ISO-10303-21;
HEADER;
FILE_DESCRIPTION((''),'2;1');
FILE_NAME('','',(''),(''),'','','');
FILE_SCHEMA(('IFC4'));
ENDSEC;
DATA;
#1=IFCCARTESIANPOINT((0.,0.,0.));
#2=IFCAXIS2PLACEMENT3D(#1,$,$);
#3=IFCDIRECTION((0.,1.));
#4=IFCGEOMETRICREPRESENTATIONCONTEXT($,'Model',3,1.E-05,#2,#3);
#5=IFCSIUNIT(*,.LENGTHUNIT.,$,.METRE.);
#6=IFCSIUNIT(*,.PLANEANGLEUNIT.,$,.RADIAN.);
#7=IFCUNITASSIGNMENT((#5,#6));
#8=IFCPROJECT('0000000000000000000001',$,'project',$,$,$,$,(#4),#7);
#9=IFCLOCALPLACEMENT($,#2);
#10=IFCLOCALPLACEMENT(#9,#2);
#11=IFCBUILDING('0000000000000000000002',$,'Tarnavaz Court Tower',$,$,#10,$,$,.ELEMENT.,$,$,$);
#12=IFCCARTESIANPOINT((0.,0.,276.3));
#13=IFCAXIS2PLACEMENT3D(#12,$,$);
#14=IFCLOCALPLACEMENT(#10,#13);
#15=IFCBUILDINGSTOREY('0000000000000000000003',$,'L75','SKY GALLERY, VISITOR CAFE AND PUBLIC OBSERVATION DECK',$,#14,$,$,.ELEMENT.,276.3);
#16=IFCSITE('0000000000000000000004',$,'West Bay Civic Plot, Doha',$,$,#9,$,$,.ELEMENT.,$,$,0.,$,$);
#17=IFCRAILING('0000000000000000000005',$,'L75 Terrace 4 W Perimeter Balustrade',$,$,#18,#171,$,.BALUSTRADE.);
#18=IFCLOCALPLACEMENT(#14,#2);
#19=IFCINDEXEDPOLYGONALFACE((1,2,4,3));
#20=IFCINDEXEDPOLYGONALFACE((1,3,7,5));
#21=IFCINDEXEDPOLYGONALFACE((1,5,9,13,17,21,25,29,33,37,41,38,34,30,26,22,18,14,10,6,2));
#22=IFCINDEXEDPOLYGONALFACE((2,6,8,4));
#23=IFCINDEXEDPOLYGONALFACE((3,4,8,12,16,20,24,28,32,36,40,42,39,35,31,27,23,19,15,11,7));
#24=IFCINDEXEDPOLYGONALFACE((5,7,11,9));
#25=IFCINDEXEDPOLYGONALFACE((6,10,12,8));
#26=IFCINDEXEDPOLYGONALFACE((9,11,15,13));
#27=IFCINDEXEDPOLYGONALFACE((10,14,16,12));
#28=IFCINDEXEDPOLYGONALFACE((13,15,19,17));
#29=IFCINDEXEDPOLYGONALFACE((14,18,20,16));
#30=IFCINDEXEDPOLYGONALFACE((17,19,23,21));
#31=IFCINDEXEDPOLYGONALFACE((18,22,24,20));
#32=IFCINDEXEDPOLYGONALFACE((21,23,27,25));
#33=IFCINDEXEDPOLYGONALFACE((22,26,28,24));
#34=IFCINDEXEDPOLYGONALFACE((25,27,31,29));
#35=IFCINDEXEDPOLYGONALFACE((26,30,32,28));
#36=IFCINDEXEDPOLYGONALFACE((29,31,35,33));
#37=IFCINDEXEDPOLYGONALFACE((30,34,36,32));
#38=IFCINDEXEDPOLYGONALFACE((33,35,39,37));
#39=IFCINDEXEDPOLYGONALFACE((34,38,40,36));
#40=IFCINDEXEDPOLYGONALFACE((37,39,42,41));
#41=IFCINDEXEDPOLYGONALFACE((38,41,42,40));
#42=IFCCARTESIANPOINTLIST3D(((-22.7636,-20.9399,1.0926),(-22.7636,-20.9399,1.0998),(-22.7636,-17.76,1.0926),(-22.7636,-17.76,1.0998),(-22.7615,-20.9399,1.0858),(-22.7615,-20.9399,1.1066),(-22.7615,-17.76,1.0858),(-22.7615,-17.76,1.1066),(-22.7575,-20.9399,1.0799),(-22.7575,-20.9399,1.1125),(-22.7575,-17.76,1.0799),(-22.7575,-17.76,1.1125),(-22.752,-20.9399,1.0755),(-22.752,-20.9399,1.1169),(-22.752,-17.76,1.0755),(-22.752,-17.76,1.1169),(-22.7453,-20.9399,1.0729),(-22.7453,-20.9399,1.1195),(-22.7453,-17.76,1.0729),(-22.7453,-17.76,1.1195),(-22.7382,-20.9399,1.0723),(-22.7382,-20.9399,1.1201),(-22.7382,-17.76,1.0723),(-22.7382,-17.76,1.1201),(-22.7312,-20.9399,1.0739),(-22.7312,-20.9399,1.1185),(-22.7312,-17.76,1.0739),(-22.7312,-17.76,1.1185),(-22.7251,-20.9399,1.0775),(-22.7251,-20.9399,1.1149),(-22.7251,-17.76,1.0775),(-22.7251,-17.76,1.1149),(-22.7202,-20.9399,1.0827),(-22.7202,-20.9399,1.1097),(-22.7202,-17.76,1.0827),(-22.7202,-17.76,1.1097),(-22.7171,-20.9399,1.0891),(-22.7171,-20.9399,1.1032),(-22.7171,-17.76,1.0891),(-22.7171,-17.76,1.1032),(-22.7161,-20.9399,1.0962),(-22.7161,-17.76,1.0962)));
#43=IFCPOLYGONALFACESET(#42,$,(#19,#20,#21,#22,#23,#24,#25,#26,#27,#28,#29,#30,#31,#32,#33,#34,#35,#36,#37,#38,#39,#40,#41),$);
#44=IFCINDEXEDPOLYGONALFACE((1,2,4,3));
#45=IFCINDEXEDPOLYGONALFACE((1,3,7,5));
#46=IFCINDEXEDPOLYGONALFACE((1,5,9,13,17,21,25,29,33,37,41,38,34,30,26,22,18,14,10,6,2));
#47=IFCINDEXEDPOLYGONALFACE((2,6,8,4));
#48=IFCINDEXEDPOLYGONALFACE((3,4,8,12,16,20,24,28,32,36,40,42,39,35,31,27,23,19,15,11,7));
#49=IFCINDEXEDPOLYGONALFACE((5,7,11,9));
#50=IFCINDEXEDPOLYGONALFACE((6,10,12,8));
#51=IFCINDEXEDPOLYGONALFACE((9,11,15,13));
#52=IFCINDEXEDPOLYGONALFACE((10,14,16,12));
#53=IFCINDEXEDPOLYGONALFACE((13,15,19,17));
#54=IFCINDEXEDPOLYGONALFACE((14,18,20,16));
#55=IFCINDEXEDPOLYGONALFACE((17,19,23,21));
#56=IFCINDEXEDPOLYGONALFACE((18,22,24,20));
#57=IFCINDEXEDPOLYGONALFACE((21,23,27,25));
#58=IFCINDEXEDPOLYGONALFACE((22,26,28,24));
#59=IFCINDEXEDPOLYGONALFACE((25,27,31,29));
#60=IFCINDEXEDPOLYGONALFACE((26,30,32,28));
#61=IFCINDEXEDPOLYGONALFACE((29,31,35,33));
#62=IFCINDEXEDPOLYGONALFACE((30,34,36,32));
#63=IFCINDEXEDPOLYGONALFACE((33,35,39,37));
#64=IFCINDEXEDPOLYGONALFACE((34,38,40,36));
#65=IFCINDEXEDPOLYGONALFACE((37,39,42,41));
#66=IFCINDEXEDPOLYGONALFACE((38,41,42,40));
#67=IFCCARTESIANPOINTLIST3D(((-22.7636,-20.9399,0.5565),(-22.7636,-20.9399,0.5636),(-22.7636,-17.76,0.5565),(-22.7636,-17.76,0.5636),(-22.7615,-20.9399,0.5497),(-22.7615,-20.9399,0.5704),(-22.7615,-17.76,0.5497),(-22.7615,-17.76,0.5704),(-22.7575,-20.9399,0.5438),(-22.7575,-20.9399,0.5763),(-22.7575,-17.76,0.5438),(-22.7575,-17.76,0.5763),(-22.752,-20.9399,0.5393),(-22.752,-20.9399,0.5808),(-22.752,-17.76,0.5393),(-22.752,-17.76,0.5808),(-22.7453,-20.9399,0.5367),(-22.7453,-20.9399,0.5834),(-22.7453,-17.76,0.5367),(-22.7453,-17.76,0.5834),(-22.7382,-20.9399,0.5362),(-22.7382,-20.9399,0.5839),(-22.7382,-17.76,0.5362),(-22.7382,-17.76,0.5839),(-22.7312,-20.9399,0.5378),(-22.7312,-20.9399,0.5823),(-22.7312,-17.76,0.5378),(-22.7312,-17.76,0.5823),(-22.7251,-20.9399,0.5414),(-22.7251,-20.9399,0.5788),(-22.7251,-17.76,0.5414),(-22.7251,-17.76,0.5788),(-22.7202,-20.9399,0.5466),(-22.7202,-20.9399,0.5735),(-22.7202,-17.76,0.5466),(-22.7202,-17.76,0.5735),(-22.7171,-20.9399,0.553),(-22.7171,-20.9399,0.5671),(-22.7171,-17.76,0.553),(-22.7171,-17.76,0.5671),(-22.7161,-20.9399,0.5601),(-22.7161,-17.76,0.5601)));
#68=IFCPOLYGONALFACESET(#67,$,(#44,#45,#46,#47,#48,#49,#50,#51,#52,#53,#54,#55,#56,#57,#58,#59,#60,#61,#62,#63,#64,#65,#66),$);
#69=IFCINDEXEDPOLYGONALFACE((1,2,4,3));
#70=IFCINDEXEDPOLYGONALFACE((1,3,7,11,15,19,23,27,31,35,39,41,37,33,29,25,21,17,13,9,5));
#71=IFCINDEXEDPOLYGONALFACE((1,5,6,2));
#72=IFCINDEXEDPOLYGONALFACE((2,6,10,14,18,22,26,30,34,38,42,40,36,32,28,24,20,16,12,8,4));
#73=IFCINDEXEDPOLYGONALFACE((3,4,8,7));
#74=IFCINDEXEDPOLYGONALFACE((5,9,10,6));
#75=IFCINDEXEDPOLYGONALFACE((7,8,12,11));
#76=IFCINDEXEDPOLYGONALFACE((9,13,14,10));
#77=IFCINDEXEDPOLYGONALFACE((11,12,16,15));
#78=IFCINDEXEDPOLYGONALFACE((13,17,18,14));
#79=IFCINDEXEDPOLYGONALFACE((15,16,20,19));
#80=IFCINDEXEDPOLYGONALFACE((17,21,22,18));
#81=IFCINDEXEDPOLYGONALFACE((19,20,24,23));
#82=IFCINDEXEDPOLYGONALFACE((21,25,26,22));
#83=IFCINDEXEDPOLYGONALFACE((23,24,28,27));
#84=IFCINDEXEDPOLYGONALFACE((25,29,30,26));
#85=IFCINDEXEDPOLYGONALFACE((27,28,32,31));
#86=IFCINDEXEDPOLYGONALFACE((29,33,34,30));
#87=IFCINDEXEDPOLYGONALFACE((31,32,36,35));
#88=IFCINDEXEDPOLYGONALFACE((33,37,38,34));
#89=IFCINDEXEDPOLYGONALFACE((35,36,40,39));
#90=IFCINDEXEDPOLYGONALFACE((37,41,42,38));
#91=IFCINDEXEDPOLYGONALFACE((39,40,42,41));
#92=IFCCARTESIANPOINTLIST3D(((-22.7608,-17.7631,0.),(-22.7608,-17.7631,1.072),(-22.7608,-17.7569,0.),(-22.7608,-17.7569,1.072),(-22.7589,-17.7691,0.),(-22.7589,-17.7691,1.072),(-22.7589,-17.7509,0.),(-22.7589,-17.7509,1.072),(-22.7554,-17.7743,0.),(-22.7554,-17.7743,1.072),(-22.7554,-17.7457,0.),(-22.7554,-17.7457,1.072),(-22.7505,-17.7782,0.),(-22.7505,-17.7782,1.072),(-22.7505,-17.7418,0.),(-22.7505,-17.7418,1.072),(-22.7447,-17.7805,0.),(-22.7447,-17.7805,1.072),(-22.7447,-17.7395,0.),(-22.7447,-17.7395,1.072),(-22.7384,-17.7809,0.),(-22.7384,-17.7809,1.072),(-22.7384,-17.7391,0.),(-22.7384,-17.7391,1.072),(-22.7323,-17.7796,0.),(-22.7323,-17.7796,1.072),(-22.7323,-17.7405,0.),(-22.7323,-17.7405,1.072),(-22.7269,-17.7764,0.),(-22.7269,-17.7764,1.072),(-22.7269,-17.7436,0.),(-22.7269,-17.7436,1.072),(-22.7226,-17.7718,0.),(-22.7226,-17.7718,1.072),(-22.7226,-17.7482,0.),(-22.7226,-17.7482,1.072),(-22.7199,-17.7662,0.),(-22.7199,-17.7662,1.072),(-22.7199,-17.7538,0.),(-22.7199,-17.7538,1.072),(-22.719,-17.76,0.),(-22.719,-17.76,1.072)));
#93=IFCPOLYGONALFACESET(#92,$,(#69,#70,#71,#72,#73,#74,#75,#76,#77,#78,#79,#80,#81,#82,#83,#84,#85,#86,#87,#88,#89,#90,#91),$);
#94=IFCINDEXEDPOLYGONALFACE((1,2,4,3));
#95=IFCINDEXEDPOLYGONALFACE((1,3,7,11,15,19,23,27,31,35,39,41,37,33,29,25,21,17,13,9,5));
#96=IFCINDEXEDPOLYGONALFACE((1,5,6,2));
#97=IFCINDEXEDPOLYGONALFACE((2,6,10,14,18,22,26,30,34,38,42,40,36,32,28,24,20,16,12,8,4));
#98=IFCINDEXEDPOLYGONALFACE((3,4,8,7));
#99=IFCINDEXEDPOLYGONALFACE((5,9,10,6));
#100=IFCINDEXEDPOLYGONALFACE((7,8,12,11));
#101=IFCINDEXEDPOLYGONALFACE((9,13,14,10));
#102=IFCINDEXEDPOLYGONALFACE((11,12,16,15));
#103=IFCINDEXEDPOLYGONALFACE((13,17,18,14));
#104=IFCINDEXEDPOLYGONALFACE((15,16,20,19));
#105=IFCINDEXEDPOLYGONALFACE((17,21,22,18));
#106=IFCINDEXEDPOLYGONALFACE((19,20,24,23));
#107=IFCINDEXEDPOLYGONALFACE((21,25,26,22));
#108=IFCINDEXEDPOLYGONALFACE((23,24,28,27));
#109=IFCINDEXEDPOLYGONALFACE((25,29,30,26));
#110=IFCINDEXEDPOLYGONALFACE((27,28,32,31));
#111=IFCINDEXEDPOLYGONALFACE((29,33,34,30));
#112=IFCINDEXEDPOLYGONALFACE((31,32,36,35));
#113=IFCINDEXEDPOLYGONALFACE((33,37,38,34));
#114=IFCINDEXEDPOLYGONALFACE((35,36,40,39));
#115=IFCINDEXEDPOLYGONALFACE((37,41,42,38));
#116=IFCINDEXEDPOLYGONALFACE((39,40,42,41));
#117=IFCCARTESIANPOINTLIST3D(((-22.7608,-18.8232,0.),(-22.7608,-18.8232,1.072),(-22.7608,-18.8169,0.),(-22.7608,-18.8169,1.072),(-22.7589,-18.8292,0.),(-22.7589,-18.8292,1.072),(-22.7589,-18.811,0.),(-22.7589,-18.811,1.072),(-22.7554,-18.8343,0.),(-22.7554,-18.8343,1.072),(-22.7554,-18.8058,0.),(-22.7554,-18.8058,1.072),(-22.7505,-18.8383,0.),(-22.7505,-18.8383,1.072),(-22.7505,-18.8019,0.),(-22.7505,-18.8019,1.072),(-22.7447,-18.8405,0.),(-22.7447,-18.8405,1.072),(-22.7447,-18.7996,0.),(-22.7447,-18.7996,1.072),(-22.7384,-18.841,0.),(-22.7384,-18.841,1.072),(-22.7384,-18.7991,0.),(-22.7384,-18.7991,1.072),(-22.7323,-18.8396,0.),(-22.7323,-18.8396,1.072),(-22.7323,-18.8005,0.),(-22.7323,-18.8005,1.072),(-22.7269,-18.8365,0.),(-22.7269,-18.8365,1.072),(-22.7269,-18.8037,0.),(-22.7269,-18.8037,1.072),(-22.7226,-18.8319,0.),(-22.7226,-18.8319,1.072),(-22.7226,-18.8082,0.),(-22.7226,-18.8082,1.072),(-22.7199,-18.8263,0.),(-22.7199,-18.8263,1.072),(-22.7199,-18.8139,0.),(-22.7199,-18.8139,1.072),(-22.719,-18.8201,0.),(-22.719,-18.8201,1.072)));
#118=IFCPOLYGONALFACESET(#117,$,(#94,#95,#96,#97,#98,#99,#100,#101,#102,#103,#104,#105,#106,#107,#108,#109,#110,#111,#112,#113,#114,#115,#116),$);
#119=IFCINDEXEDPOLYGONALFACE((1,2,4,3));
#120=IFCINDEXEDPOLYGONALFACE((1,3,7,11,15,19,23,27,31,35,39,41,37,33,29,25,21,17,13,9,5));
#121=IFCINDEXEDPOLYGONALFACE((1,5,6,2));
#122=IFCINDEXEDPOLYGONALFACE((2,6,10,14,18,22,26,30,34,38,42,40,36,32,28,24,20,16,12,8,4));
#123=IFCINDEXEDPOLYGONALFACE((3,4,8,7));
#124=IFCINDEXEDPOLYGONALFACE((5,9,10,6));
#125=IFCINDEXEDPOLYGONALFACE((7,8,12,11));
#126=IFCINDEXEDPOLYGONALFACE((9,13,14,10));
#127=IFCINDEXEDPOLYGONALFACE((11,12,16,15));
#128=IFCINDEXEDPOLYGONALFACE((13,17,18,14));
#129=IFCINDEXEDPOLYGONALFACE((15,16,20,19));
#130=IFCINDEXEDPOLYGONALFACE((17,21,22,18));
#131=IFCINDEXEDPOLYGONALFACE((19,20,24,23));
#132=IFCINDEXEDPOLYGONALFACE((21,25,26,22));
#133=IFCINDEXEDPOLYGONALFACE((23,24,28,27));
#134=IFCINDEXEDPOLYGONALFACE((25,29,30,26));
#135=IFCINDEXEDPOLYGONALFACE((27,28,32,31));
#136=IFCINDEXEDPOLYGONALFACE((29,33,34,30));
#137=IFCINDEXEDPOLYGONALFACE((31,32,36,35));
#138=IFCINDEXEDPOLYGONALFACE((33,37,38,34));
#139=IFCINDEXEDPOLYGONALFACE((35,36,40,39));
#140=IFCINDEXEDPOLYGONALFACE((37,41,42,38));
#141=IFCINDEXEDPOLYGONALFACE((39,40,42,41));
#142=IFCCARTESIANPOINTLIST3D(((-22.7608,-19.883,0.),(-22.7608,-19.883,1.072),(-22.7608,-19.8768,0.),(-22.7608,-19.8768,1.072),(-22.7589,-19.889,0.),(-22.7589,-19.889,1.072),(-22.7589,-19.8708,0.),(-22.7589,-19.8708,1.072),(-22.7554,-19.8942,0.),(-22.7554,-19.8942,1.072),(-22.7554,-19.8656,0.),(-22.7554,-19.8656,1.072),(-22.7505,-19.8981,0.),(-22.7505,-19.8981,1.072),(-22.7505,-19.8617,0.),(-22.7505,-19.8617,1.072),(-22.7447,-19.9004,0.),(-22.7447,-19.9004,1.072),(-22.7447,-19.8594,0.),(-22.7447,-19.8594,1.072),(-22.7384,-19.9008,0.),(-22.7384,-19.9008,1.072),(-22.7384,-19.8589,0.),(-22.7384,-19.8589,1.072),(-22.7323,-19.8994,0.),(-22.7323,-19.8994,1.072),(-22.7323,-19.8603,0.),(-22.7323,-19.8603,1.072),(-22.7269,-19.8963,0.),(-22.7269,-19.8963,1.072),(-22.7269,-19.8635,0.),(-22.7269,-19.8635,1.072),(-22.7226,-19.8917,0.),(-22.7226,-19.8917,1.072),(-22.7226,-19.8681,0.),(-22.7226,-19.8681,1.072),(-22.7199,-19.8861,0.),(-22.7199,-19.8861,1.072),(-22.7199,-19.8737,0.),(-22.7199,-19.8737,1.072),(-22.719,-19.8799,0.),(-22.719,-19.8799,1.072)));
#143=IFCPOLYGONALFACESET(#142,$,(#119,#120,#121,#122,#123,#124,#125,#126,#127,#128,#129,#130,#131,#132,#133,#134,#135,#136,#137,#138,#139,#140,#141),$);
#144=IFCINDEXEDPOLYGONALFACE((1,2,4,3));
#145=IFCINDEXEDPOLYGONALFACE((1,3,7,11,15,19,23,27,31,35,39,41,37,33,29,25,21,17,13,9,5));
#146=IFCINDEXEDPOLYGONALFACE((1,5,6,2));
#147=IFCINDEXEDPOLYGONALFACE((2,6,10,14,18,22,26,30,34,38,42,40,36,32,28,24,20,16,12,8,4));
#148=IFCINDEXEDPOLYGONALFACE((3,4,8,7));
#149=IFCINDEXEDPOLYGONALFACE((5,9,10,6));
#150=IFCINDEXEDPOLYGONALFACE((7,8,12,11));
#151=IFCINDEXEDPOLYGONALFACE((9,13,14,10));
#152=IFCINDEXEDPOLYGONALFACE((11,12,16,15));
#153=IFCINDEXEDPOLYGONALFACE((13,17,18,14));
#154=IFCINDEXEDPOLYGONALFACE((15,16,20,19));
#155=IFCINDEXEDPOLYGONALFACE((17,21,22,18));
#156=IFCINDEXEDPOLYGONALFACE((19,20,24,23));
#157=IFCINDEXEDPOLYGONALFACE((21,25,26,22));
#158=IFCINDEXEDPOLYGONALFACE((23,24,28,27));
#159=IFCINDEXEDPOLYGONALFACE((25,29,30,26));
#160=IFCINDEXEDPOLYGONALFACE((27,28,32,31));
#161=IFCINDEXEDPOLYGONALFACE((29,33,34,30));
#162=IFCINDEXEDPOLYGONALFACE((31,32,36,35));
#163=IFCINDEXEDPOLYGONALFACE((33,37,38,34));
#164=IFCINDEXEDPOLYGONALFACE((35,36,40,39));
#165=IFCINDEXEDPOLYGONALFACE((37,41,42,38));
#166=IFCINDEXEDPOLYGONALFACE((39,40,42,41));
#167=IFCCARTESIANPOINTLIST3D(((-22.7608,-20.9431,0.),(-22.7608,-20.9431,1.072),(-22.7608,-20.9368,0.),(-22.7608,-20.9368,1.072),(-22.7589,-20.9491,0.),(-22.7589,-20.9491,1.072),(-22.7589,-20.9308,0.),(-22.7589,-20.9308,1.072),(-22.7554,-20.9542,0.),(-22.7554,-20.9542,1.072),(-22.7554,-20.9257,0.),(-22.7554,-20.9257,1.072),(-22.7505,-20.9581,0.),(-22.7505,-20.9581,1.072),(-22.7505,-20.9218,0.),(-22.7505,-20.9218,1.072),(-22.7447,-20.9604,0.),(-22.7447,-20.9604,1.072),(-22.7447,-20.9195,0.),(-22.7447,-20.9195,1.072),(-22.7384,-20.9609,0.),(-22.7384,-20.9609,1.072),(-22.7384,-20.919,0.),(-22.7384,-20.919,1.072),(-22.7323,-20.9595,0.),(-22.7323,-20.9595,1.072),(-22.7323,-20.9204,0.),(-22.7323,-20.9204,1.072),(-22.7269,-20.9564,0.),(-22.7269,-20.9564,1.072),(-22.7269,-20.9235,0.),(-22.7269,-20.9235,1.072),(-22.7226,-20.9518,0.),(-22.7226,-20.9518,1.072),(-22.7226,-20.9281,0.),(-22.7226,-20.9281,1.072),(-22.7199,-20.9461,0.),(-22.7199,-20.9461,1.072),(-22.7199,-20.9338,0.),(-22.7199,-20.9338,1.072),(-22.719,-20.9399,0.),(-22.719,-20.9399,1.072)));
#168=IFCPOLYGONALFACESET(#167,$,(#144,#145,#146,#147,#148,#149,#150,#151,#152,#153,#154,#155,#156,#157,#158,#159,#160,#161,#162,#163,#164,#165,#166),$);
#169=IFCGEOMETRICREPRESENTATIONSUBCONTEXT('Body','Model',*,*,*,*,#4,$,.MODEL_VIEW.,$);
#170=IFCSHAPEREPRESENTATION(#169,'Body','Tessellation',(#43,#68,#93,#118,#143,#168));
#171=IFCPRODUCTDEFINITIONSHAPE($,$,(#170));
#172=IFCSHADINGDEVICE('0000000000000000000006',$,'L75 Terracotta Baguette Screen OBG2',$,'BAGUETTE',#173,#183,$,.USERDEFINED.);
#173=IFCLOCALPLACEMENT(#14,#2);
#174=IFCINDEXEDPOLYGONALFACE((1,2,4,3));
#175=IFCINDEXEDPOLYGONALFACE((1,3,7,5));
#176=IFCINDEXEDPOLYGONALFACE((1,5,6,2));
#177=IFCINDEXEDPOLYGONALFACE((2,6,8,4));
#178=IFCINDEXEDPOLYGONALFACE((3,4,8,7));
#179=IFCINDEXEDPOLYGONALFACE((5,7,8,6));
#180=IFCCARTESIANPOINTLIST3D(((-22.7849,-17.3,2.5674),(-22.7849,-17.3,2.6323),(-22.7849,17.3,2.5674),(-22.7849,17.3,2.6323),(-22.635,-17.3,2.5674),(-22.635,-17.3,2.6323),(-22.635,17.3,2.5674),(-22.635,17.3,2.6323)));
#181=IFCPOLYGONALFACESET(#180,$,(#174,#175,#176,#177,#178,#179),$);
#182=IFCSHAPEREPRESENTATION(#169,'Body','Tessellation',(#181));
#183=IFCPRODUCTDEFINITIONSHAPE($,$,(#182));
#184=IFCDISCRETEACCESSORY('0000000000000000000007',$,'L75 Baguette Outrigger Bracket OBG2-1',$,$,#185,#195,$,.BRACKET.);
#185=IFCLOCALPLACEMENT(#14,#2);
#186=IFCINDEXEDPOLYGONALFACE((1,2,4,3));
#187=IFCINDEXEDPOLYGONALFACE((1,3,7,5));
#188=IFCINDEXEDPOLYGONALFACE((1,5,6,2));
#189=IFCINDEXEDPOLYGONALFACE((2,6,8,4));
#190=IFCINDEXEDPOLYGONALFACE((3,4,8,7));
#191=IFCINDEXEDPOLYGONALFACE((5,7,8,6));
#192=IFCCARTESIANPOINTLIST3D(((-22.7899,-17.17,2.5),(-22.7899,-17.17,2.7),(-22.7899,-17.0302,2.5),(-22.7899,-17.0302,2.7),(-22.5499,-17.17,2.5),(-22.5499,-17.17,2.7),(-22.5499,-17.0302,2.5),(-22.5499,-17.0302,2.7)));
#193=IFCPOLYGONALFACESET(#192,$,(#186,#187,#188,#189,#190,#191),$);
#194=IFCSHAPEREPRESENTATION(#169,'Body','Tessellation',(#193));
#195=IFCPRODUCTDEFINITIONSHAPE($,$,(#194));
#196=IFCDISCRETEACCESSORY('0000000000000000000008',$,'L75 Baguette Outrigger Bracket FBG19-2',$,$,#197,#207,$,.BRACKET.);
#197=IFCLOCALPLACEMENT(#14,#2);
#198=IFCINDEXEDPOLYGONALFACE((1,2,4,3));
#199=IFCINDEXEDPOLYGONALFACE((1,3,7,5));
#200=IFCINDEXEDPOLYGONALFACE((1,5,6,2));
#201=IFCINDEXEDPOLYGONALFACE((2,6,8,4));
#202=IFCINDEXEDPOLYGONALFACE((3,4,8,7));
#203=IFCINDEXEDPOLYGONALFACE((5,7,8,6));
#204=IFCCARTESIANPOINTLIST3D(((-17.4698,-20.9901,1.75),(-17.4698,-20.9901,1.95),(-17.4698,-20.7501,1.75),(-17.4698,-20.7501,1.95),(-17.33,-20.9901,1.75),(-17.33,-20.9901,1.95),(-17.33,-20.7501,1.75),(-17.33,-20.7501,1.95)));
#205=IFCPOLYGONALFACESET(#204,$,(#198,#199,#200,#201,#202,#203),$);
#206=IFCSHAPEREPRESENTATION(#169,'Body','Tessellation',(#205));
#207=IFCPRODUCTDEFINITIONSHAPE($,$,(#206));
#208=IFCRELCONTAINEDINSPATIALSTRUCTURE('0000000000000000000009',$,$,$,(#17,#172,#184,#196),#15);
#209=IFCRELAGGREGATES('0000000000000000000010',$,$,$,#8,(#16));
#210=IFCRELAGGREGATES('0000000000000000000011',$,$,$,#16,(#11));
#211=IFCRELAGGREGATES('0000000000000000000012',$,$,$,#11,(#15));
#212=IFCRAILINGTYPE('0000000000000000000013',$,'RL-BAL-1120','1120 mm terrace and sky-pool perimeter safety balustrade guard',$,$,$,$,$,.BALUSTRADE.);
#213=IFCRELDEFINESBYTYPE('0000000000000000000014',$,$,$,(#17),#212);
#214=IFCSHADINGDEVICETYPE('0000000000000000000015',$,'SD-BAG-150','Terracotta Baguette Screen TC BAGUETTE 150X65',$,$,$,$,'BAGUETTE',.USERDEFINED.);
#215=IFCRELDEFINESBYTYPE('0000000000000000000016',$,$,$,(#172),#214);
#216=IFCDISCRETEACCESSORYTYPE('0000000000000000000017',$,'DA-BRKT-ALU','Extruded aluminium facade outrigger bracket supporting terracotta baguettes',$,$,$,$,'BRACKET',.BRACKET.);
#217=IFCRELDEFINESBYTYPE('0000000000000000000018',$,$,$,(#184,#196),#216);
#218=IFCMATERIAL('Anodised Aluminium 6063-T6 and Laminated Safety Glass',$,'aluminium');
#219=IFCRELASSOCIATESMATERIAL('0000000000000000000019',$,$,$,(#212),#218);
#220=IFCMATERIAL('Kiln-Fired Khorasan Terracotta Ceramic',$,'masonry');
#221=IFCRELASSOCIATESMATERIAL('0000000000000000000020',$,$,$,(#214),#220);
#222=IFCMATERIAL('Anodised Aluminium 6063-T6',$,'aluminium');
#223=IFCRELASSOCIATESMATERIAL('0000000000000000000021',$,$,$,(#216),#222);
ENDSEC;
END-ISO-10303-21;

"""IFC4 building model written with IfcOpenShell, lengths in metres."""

from ifc_helpers import new_model, si_unit, direction, frame, origin, origin_2d, place, context, subcontext, project, spatial, rectangle, circle, extrude, material, material_profile, profile_set, type_object, element, save


model = new_model("IFC4")

# Units and contexts
model_context = context("Model", 3, precision=1e-05, world=origin(), true_north=direction((0.0, 1.0)))
body_context = subcontext(model_context, "Body", "Model", "MODEL_VIEW")
ifc_project = project(units=[si_unit("LENGTHUNIT", "METRE"), si_unit("PLANEANGLEUNIT", "RADIAN")], contexts=[model_context])

# Site, building, storey
site_placement = place(None, origin())
site = spatial("IfcSite", under=ifc_project, at=site_placement, Name="West Bay Civic Plot, Doha", CompositionType="ELEMENT", RefElevation=0.0)
building_placement = place(site_placement, origin())
building = spatial("IfcBuilding", under=site, at=building_placement, Name="Tarnavaz Court Tower", CompositionType="ELEMENT")
storey_placement = place(building_placement, frame((0.0, 0.0, 276.3)))
storey = spatial("IfcBuildingStorey", under=building, at=storey_placement, Name="L75", Description="SKY GALLERY, VISITOR CAFE AND PUBLIC OBSERVATION DECK", CompositionType="ELEMENT", Elevation=276.3)

# Shared definitions
ifc_material_1 = material(Name="Anodised Aluminium 6063-T6", Category="aluminium")

# Railing
ifc_material_2 = material(Name="Anodised Aluminium 6063-T6 and Laminated Safety Glass", Category="aluminium")
railing_type = type_object("IfcRailingType", Name="RL-BAL-1120", Description="1120 mm terrace and sky-pool perimeter safety balustrade guard", PredefinedType="BALUSTRADE", material=ifc_material_2)
railing_1_placement = place(storey_placement, frame((-22.74, -17.76, 0.0)))
element("IfcRailing", 1, at=railing_1_placement, inside=storey, type_object=railing_type, Name="L75 Terrace 4 W Perimeter Balustrade", PredefinedType="BALUSTRADE", context=body_context, shape_type="SweptSolid", body=[
    extrude(circle(Radius=0.0239, at=origin_2d()), frame((0.0, 0.0, 1.0962), z_axis=(0.0, -1.0, 0.0), x_axis=(1.0, 0.0, 0.0)), (0.0, 0.0, 1.0), 3.1799),
    extrude(circle(Radius=0.0239, at=origin_2d()), frame((0.0, 0.0, 0.5601), z_axis=(0.0, -1.0, 0.0), x_axis=(1.0, 0.0, 0.0)), (0.0, 0.0, 1.0), 3.1799),
    extrude(circle(Radius=0.021, at=origin_2d()), origin(), (0.0, 0.0, 1.0), 1.072),
    extrude(circle(Radius=0.021, at=origin_2d()), frame((0.0, -1.0601, 0.0)), (0.0, 0.0, 1.0), 1.072),
    extrude(circle(Radius=0.021, at=origin_2d()), frame((0.0, -2.1199, 0.0)), (0.0, 0.0, 1.0), 1.072),
    extrude(circle(Radius=0.021, at=origin_2d()), frame((0.0, -3.1799, 0.0)), (0.0, 0.0, 1.0), 1.072),
])

# Shading device
ifc_material_3 = material(Name="Kiln-Fired Khorasan Terracotta Ceramic", Category="masonry")
ifc_material_profile_1 = material_profile(ifc_material_3, rectangle(XDim=0.1499, YDim=0.0649, at=origin_2d()), Name="TC BAGUETTE 150X65")
ifc_profile_set_1 = profile_set([ifc_material_profile_1], Name="Kiln-Fired Khorasan Terracotta Ceramic")
shading_device_type = type_object("IfcShadingDeviceType", Name="SD-BAG-150", Description="Terracotta Baguette Screen TC BAGUETTE 150X65", ElementType="BAGUETTE", PredefinedType="USERDEFINED", material=ifc_profile_set_1)
shading_device_placement = place(storey_placement, frame((-22.71, -17.3, 2.5999), z_axis=(0.0, 1.0, 0.0), x_axis=(-1.0, 0.0, 0.0)))
element("IfcShadingDevice", 2, at=shading_device_placement, inside=storey, type_object=shading_device_type, Name="L75 Terracotta Baguette Screen OBG2", ObjectType="BAGUETTE", PredefinedType="USERDEFINED", context=body_context, shape_type="SweptSolid", body=[
    extrude(rectangle(XDim=0.1499, YDim=0.0649, at=origin_2d()), origin(), (0.0, 0.0, 1.0), 34.6001),
])

# Discrete accessories
discrete_accessory_type = type_object("IfcDiscreteAccessoryType", Name="DA-BRKT-ALU", Description="Extruded aluminium facade outrigger bracket supporting terracotta baguettes", ElementType="BRACKET", PredefinedType="BRACKET", material=ifc_material_1)
for number, where, z_axis, x_axis, name in (
    (3, (-22.6699, -17.1001, 2.5), (0.0, 0.0, 1.0), (0.0, 1.0, 0.0), "L75 Baguette Outrigger Bracket OBG2-1"),
    (4, (-17.3999, -20.8701, 1.75), (0.0, 0.0, 1.0), (-1.0, 0.0, 0.0), "L75 Baguette Outrigger Bracket FBG19-2"),
):
    element("IfcDiscreteAccessory", number, at=place(storey_placement, frame(where, z_axis=z_axis, x_axis=x_axis)), inside=storey, type_object=discrete_accessory_type, Name=name, PredefinedType="BRACKET", context=body_context, shape_type="SweptSolid", body=[
        extrude(rectangle(XDim=0.1399, YDim=0.24, at=origin_2d()), origin(), (0.0, 0.0, 1.0), 0.2),
    ])

save(model, "model.ifc")
